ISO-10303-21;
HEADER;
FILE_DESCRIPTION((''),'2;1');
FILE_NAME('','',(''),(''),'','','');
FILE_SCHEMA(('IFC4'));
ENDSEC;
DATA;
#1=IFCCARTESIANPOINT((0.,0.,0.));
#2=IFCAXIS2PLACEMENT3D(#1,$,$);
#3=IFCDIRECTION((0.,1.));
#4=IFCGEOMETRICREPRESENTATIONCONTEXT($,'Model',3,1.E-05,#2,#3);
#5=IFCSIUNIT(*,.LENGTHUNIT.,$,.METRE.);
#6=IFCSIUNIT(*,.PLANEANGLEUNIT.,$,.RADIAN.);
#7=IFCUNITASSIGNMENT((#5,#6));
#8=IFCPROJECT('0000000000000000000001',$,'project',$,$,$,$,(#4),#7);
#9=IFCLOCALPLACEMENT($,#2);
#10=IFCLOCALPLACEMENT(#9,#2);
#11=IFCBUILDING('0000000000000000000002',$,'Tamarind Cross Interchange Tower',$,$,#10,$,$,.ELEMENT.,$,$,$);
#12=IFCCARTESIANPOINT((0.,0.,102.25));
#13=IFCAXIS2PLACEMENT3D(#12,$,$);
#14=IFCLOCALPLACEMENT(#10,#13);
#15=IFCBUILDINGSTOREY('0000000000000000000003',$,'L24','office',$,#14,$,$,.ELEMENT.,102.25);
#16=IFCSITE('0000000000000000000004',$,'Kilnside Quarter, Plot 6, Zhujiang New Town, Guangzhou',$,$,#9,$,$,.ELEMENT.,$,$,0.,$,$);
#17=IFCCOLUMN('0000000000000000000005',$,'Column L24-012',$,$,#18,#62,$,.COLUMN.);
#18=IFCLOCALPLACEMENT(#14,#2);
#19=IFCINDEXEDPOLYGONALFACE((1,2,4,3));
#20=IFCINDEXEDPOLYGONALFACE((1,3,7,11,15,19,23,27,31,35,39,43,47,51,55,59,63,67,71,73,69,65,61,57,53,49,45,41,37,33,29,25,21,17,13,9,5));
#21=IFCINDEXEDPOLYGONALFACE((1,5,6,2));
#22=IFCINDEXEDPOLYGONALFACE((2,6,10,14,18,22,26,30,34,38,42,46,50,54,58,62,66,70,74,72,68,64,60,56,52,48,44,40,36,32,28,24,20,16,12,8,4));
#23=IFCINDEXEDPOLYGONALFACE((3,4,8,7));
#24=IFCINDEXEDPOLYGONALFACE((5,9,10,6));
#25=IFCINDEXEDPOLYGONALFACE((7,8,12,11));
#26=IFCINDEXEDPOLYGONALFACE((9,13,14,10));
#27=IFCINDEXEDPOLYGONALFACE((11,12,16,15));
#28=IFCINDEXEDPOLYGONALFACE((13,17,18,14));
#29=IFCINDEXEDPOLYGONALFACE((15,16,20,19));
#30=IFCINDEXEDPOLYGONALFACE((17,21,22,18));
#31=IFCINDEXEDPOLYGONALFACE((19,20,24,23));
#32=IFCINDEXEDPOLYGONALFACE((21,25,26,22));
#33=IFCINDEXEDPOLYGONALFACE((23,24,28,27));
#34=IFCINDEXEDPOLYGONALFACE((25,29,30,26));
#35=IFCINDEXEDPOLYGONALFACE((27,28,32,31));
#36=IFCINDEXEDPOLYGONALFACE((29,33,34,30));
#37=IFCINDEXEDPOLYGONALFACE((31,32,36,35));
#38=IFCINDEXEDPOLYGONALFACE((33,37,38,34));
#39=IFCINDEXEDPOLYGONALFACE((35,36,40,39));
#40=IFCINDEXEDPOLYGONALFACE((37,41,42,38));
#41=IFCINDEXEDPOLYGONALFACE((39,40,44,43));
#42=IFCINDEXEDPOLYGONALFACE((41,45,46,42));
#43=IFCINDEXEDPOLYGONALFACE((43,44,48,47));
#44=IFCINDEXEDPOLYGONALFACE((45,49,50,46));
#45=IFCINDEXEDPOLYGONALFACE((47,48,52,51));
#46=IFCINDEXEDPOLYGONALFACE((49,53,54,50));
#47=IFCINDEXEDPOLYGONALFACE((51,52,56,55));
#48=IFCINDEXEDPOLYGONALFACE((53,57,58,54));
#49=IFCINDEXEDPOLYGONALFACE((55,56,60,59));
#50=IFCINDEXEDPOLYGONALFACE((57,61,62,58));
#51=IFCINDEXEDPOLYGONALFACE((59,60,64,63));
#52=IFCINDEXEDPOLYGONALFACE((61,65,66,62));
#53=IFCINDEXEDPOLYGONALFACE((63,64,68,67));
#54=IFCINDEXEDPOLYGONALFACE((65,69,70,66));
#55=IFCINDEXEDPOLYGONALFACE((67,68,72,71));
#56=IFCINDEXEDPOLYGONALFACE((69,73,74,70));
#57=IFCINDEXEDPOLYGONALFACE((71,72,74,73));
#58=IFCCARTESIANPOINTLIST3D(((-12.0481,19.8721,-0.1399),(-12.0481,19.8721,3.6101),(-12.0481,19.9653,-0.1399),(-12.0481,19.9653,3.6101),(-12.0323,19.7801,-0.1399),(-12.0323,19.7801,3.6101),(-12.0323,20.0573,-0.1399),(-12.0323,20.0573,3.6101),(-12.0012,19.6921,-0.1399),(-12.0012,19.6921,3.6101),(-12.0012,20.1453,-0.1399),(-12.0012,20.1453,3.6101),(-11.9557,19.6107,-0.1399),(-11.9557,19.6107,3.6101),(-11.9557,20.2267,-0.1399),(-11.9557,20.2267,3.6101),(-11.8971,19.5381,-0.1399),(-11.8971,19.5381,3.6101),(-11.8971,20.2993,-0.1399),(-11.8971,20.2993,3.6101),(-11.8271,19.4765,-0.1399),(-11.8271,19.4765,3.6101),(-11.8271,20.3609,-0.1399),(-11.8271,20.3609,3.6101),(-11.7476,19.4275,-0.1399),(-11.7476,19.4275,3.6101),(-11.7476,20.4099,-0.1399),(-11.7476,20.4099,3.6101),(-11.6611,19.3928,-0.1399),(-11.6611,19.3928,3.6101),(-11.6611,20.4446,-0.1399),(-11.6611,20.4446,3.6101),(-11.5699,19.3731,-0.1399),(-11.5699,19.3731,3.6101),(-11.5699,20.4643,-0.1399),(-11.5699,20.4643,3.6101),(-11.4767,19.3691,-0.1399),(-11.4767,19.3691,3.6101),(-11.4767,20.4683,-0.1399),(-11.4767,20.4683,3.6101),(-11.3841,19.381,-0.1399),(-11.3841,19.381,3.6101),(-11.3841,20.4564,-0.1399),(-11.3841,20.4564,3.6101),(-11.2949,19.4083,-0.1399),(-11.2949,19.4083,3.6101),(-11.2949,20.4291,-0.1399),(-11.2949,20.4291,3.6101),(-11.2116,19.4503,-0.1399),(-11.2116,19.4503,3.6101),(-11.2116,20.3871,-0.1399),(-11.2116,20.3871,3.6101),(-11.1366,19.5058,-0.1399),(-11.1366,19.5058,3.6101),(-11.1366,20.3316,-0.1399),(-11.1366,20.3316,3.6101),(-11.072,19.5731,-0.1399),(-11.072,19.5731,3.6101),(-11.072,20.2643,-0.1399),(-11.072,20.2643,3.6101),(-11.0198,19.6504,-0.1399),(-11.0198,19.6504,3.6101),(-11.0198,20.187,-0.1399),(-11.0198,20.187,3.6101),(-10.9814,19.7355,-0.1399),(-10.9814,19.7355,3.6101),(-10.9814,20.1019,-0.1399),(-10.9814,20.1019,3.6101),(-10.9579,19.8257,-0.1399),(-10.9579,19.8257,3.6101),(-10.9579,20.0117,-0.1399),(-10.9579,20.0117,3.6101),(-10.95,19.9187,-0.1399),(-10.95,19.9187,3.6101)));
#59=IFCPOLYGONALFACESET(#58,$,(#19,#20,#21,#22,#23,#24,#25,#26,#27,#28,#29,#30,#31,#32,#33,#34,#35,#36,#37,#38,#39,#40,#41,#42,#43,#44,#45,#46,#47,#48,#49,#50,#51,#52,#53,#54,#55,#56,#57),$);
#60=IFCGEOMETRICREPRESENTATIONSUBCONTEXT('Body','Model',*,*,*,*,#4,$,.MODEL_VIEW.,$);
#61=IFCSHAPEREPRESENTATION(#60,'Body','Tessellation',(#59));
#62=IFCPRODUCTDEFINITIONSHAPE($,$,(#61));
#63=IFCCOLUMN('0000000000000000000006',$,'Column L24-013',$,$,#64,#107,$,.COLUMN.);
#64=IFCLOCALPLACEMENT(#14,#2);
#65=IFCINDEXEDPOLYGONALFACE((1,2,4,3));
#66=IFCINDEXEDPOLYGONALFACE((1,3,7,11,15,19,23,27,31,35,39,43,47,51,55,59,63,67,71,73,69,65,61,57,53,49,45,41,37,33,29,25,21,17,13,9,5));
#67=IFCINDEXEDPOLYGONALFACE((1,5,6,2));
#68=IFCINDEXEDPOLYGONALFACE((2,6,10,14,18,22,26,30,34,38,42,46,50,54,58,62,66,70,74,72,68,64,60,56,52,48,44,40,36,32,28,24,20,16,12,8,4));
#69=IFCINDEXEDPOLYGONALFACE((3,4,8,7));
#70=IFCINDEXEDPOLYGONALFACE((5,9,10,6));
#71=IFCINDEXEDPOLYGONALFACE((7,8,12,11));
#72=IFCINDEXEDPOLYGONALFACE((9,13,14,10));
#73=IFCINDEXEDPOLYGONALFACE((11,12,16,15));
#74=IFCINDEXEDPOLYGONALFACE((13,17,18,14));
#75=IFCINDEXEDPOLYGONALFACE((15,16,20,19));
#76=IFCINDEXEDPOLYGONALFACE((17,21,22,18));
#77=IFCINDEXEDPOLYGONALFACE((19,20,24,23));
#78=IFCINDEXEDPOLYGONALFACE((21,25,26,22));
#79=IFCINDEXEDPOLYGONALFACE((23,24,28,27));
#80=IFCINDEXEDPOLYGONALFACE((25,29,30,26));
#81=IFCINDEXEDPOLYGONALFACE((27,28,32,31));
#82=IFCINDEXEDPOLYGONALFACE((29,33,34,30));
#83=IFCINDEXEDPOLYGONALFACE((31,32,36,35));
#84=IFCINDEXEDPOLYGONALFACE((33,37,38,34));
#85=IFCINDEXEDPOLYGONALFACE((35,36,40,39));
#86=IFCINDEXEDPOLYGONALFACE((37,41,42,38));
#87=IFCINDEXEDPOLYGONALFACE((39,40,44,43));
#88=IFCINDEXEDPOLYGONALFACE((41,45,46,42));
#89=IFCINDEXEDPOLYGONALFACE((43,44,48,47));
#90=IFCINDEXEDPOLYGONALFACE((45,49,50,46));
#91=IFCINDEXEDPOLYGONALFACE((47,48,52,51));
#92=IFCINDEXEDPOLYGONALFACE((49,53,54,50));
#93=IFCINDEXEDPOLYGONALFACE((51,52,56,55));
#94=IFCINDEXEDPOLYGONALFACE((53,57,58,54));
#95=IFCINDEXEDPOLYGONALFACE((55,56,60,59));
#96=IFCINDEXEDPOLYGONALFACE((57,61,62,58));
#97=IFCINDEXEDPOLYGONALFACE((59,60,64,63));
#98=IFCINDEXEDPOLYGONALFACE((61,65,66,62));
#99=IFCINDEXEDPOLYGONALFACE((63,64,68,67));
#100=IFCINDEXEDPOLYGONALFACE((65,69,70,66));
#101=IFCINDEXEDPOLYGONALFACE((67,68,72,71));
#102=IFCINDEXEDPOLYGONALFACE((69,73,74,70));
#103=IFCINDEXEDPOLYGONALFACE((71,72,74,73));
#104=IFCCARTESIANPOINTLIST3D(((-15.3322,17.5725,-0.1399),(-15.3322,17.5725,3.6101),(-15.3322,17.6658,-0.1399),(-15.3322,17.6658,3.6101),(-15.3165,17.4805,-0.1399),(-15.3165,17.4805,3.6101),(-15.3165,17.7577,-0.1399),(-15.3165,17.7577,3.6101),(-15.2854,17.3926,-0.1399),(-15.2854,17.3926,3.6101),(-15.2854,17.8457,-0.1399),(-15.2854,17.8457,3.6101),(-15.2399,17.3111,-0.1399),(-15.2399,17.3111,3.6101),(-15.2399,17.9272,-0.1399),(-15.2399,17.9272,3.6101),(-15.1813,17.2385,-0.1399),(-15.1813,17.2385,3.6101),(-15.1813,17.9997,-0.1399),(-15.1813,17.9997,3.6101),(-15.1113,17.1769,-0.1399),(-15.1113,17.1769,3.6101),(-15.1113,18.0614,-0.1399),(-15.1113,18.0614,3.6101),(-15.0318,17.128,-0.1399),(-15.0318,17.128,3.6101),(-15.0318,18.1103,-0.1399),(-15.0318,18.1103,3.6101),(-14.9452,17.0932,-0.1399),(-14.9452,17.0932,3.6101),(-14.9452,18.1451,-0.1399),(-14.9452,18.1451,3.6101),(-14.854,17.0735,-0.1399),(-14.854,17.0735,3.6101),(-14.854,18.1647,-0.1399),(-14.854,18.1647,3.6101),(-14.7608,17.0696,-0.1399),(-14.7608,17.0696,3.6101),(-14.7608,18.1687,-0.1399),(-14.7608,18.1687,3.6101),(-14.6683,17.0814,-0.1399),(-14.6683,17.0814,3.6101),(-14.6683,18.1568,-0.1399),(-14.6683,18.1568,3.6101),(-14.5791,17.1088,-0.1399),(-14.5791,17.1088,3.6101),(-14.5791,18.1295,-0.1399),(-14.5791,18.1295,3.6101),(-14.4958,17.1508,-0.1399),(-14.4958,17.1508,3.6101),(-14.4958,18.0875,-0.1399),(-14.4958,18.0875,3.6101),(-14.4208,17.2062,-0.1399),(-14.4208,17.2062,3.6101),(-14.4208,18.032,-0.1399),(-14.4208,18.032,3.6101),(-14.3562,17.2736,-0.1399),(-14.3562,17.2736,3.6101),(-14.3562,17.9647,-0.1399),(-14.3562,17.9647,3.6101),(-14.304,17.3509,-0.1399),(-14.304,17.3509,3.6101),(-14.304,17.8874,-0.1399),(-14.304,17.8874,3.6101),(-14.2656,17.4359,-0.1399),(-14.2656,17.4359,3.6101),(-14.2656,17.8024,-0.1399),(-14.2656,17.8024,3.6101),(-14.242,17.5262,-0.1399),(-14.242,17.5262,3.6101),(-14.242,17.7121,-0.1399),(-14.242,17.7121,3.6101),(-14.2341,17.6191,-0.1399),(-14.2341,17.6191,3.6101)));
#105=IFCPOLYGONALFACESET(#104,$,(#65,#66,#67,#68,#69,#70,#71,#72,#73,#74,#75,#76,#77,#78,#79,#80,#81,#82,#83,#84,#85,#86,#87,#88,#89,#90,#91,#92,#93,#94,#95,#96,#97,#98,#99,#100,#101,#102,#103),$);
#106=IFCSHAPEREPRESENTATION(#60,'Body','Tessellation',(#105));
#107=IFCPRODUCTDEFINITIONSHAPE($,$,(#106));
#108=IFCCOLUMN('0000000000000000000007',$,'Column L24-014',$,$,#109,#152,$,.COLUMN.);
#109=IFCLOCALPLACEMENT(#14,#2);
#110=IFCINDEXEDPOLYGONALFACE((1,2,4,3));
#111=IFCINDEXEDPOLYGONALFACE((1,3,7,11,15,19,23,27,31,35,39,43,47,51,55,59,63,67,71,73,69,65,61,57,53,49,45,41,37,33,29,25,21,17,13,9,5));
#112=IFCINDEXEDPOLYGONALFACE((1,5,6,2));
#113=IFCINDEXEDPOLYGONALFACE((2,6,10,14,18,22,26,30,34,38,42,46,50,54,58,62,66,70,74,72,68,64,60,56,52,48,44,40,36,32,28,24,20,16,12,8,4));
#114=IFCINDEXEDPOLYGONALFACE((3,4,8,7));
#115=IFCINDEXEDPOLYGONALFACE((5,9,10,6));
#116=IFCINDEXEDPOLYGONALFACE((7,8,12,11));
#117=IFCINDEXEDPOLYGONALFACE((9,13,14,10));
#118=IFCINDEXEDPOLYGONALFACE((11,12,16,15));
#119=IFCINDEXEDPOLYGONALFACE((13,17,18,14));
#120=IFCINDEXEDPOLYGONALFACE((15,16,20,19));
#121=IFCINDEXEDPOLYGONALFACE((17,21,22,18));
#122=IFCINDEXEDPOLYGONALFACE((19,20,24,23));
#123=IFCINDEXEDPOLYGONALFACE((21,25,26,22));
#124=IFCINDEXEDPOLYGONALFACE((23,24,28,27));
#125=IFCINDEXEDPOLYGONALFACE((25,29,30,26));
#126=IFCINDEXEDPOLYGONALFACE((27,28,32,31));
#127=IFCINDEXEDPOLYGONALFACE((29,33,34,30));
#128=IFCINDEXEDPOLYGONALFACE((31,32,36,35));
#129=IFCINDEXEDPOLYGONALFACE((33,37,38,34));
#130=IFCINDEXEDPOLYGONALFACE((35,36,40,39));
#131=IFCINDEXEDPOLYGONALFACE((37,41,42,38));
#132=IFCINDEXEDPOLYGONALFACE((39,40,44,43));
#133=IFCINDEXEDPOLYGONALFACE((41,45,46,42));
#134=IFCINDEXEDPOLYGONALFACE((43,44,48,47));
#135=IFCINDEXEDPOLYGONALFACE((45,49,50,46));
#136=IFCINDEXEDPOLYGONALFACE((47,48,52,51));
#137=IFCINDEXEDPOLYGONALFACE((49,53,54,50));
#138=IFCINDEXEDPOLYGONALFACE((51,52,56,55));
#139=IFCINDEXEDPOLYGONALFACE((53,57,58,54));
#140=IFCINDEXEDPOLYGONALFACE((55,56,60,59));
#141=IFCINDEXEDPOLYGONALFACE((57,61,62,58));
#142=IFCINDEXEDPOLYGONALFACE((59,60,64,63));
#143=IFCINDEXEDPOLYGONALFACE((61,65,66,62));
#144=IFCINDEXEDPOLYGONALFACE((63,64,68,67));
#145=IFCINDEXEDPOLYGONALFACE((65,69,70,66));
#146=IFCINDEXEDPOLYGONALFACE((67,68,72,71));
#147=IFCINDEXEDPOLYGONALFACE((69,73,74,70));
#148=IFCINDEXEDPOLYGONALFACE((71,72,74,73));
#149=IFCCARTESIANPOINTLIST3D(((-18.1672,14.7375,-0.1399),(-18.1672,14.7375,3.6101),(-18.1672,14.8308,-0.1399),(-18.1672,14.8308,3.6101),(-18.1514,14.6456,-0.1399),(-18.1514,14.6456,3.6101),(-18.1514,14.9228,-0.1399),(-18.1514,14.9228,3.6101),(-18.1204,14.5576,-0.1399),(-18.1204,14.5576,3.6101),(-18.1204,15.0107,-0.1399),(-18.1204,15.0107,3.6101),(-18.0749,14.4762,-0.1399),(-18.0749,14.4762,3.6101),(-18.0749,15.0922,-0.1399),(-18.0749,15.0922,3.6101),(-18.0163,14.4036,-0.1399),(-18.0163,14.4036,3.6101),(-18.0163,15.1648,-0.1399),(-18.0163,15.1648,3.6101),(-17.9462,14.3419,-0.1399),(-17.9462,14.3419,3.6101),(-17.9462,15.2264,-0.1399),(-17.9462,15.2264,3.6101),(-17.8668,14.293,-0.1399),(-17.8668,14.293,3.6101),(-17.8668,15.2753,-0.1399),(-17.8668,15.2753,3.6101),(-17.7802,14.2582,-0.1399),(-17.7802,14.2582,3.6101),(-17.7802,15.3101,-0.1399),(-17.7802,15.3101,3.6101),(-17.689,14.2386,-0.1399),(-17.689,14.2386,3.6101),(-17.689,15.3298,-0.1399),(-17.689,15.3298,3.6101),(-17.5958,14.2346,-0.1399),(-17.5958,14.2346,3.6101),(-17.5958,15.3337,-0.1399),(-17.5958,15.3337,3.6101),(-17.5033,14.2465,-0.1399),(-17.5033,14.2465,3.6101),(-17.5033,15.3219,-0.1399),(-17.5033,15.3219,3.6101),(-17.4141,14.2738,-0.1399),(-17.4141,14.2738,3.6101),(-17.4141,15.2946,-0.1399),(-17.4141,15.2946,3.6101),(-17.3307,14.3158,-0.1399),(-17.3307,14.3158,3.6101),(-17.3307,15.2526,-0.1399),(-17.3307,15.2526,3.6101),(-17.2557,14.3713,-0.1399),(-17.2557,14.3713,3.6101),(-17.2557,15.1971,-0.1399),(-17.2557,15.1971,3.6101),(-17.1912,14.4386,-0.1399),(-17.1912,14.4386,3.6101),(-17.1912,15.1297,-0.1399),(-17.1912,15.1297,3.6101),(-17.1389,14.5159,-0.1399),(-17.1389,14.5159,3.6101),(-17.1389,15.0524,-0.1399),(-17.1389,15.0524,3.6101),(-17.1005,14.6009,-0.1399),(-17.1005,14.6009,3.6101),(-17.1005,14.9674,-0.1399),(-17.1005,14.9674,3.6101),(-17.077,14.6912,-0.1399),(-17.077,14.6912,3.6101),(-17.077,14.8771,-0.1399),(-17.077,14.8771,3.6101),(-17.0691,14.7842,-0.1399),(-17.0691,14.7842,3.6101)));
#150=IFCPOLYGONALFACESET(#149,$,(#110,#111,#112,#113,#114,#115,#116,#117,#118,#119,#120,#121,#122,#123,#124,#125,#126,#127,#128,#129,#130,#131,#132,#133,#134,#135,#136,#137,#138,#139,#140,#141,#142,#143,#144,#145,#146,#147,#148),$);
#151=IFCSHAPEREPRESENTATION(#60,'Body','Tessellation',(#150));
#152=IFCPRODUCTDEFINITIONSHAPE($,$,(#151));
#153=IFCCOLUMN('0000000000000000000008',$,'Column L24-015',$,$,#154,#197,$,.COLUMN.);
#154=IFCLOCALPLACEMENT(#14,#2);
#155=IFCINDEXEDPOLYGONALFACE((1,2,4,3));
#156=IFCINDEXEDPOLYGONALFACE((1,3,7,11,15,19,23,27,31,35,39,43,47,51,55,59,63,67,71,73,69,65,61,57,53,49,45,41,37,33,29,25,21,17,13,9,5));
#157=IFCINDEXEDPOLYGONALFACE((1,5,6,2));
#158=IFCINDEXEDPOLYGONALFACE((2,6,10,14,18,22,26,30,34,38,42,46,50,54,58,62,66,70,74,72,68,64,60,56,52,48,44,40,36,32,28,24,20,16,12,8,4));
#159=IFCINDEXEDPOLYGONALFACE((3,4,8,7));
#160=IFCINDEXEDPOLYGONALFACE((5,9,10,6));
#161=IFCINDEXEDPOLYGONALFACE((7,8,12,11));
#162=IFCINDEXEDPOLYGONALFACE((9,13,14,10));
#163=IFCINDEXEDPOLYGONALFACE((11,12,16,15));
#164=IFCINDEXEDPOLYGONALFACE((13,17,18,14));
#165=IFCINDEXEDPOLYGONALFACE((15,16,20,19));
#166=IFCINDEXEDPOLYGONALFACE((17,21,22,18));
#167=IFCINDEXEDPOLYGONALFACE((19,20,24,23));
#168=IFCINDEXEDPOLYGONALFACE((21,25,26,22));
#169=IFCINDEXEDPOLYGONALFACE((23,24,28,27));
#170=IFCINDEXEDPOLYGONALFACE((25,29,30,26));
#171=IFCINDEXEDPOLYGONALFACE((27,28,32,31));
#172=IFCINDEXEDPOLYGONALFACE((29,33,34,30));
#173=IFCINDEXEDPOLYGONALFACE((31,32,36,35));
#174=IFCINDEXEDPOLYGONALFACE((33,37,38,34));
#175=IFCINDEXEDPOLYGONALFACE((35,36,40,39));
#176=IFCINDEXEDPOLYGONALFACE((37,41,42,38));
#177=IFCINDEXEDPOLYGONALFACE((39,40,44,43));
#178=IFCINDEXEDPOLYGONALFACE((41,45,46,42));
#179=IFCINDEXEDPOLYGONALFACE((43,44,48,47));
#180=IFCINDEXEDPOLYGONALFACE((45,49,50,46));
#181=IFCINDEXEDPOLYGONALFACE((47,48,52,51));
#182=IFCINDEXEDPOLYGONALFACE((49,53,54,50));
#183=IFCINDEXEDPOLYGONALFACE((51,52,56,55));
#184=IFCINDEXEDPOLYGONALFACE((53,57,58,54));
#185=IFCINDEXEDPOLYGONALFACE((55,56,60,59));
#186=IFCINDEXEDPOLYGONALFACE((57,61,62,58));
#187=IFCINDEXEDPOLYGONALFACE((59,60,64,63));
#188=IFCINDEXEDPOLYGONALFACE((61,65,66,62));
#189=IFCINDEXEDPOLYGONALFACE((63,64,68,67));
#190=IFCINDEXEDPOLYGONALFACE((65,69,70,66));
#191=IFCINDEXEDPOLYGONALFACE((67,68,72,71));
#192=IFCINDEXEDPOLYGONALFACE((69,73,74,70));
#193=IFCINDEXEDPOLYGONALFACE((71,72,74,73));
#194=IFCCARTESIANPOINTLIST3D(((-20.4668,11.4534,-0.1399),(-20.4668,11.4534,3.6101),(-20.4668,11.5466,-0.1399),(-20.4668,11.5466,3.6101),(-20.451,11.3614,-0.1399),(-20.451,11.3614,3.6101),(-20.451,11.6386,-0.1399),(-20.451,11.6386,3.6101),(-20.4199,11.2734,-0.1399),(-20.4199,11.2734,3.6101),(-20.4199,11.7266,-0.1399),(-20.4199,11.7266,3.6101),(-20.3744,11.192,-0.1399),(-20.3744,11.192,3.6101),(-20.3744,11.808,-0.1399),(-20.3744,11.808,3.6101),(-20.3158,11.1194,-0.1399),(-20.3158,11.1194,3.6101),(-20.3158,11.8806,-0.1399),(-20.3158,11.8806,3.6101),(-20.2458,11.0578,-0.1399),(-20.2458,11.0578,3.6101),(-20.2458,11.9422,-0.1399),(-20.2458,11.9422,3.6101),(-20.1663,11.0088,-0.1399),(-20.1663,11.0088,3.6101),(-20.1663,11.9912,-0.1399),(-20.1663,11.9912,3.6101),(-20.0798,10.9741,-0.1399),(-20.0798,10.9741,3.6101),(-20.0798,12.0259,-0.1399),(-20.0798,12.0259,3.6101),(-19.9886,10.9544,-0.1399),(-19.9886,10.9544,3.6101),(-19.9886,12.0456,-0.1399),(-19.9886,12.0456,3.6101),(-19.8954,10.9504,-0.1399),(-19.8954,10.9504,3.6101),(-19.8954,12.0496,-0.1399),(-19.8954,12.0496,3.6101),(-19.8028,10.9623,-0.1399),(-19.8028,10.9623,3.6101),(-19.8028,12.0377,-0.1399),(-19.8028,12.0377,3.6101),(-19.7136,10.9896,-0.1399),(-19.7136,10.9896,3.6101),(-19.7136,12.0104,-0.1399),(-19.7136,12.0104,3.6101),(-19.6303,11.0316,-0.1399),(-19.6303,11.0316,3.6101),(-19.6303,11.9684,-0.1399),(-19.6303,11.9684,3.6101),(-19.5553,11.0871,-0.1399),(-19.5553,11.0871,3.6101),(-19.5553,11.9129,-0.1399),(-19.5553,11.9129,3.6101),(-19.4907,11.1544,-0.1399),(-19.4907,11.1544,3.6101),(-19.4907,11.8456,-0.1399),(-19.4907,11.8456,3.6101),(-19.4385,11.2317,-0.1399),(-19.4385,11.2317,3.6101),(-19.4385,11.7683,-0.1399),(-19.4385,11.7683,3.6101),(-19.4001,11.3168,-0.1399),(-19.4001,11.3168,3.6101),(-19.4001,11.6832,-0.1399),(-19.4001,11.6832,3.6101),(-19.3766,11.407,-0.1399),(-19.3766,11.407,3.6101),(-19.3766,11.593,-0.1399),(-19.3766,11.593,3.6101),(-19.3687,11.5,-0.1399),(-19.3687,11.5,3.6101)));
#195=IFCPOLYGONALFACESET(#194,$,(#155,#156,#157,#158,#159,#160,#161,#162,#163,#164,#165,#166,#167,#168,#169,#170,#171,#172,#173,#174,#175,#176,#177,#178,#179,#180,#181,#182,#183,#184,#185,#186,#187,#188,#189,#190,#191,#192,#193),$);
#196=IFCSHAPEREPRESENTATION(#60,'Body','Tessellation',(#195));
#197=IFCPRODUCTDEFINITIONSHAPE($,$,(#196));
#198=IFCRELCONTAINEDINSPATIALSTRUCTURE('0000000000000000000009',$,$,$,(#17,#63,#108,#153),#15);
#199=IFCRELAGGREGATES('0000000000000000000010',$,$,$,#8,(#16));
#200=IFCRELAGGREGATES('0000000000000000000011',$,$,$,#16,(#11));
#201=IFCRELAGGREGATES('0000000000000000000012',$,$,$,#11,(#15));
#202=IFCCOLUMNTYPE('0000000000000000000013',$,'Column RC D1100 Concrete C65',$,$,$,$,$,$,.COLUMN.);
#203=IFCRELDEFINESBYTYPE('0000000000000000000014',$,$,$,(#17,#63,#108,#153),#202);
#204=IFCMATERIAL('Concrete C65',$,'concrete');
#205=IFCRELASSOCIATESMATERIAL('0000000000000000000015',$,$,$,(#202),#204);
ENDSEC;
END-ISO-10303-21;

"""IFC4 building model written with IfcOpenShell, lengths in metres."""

from ifc_helpers import new_model, si_unit, direction, frame, origin, origin_2d, place, context, subcontext, project, spatial, circle, extrude, material, material_profile, profile_set, type_object, element, save


model = new_model("IFC4")

# Units and contexts
model_context = context("Model", 3, precision=1e-05, world=origin(), true_north=direction((0.0, 1.0)))
body_context = subcontext(model_context, "Body", "Model", "MODEL_VIEW")
ifc_project = project(units=[si_unit("LENGTHUNIT", "METRE"), si_unit("PLANEANGLEUNIT", "RADIAN")], contexts=[model_context])

# Site, building, storey
site_placement = place(None, origin())
site = spatial("IfcSite", under=ifc_project, at=site_placement, Name="Kilnside Quarter, Plot 6, Zhujiang New Town, Guangzhou", CompositionType="ELEMENT", RefElevation=0.0)
building_placement = place(site_placement, origin())
building = spatial("IfcBuilding", under=site, at=building_placement, Name="Tamarind Cross Interchange Tower", CompositionType="ELEMENT")
storey_placement = place(building_placement, frame((0.0, 0.0, 102.25)))
storey = spatial("IfcBuildingStorey", under=building, at=storey_placement, Name="L24", Description="office", CompositionType="ELEMENT", Elevation=102.25)

# Columns
ifc_material_1 = material(Name="Concrete C65", Category="concrete")
ifc_material_profile_1 = material_profile(ifc_material_1, circle(Radius=0.55, at=origin_2d()), Name="RC D1100")
ifc_profile_set_1 = profile_set([ifc_material_profile_1], Name="Concrete C65")
column_type = type_object("IfcColumnType", Name="Column RC D1100 Concrete C65", PredefinedType="COLUMN", material=ifc_profile_set_1)
for number, where, z_axis, x_axis, name in (
    (1, (-11.5, 19.9187, -0.1399), (0.0, 0.0, 1.0), (1.0, 0.0, 0.0), "Column L24-012"),
    (2, (-14.7842, 17.6191, -0.1399), (0.0, 0.0, 1.0), (1.0, 0.0, 0.0), "Column L24-013"),
    (3, (-17.6191, 14.7842, -0.1399), (0.0, 0.0, 1.0), (1.0, 0.0, 0.0), "Column L24-014"),
    (4, (-19.9187, 11.5, -0.1399), (0.0, 0.0, 1.0), (1.0, 0.0, 0.0), "Column L24-015"),
):
    element("IfcColumn", number, at=place(storey_placement, frame(where, z_axis=z_axis, x_axis=x_axis)), inside=storey, type_object=column_type, Name=name, PredefinedType="COLUMN", context=body_context, shape_type="SweptSolid", body=[
        extrude(circle(Radius=0.55, at=origin_2d()), origin(), (0.0, 0.0, 1.0), 3.75),
    ])

save(model, "model.ifc")
